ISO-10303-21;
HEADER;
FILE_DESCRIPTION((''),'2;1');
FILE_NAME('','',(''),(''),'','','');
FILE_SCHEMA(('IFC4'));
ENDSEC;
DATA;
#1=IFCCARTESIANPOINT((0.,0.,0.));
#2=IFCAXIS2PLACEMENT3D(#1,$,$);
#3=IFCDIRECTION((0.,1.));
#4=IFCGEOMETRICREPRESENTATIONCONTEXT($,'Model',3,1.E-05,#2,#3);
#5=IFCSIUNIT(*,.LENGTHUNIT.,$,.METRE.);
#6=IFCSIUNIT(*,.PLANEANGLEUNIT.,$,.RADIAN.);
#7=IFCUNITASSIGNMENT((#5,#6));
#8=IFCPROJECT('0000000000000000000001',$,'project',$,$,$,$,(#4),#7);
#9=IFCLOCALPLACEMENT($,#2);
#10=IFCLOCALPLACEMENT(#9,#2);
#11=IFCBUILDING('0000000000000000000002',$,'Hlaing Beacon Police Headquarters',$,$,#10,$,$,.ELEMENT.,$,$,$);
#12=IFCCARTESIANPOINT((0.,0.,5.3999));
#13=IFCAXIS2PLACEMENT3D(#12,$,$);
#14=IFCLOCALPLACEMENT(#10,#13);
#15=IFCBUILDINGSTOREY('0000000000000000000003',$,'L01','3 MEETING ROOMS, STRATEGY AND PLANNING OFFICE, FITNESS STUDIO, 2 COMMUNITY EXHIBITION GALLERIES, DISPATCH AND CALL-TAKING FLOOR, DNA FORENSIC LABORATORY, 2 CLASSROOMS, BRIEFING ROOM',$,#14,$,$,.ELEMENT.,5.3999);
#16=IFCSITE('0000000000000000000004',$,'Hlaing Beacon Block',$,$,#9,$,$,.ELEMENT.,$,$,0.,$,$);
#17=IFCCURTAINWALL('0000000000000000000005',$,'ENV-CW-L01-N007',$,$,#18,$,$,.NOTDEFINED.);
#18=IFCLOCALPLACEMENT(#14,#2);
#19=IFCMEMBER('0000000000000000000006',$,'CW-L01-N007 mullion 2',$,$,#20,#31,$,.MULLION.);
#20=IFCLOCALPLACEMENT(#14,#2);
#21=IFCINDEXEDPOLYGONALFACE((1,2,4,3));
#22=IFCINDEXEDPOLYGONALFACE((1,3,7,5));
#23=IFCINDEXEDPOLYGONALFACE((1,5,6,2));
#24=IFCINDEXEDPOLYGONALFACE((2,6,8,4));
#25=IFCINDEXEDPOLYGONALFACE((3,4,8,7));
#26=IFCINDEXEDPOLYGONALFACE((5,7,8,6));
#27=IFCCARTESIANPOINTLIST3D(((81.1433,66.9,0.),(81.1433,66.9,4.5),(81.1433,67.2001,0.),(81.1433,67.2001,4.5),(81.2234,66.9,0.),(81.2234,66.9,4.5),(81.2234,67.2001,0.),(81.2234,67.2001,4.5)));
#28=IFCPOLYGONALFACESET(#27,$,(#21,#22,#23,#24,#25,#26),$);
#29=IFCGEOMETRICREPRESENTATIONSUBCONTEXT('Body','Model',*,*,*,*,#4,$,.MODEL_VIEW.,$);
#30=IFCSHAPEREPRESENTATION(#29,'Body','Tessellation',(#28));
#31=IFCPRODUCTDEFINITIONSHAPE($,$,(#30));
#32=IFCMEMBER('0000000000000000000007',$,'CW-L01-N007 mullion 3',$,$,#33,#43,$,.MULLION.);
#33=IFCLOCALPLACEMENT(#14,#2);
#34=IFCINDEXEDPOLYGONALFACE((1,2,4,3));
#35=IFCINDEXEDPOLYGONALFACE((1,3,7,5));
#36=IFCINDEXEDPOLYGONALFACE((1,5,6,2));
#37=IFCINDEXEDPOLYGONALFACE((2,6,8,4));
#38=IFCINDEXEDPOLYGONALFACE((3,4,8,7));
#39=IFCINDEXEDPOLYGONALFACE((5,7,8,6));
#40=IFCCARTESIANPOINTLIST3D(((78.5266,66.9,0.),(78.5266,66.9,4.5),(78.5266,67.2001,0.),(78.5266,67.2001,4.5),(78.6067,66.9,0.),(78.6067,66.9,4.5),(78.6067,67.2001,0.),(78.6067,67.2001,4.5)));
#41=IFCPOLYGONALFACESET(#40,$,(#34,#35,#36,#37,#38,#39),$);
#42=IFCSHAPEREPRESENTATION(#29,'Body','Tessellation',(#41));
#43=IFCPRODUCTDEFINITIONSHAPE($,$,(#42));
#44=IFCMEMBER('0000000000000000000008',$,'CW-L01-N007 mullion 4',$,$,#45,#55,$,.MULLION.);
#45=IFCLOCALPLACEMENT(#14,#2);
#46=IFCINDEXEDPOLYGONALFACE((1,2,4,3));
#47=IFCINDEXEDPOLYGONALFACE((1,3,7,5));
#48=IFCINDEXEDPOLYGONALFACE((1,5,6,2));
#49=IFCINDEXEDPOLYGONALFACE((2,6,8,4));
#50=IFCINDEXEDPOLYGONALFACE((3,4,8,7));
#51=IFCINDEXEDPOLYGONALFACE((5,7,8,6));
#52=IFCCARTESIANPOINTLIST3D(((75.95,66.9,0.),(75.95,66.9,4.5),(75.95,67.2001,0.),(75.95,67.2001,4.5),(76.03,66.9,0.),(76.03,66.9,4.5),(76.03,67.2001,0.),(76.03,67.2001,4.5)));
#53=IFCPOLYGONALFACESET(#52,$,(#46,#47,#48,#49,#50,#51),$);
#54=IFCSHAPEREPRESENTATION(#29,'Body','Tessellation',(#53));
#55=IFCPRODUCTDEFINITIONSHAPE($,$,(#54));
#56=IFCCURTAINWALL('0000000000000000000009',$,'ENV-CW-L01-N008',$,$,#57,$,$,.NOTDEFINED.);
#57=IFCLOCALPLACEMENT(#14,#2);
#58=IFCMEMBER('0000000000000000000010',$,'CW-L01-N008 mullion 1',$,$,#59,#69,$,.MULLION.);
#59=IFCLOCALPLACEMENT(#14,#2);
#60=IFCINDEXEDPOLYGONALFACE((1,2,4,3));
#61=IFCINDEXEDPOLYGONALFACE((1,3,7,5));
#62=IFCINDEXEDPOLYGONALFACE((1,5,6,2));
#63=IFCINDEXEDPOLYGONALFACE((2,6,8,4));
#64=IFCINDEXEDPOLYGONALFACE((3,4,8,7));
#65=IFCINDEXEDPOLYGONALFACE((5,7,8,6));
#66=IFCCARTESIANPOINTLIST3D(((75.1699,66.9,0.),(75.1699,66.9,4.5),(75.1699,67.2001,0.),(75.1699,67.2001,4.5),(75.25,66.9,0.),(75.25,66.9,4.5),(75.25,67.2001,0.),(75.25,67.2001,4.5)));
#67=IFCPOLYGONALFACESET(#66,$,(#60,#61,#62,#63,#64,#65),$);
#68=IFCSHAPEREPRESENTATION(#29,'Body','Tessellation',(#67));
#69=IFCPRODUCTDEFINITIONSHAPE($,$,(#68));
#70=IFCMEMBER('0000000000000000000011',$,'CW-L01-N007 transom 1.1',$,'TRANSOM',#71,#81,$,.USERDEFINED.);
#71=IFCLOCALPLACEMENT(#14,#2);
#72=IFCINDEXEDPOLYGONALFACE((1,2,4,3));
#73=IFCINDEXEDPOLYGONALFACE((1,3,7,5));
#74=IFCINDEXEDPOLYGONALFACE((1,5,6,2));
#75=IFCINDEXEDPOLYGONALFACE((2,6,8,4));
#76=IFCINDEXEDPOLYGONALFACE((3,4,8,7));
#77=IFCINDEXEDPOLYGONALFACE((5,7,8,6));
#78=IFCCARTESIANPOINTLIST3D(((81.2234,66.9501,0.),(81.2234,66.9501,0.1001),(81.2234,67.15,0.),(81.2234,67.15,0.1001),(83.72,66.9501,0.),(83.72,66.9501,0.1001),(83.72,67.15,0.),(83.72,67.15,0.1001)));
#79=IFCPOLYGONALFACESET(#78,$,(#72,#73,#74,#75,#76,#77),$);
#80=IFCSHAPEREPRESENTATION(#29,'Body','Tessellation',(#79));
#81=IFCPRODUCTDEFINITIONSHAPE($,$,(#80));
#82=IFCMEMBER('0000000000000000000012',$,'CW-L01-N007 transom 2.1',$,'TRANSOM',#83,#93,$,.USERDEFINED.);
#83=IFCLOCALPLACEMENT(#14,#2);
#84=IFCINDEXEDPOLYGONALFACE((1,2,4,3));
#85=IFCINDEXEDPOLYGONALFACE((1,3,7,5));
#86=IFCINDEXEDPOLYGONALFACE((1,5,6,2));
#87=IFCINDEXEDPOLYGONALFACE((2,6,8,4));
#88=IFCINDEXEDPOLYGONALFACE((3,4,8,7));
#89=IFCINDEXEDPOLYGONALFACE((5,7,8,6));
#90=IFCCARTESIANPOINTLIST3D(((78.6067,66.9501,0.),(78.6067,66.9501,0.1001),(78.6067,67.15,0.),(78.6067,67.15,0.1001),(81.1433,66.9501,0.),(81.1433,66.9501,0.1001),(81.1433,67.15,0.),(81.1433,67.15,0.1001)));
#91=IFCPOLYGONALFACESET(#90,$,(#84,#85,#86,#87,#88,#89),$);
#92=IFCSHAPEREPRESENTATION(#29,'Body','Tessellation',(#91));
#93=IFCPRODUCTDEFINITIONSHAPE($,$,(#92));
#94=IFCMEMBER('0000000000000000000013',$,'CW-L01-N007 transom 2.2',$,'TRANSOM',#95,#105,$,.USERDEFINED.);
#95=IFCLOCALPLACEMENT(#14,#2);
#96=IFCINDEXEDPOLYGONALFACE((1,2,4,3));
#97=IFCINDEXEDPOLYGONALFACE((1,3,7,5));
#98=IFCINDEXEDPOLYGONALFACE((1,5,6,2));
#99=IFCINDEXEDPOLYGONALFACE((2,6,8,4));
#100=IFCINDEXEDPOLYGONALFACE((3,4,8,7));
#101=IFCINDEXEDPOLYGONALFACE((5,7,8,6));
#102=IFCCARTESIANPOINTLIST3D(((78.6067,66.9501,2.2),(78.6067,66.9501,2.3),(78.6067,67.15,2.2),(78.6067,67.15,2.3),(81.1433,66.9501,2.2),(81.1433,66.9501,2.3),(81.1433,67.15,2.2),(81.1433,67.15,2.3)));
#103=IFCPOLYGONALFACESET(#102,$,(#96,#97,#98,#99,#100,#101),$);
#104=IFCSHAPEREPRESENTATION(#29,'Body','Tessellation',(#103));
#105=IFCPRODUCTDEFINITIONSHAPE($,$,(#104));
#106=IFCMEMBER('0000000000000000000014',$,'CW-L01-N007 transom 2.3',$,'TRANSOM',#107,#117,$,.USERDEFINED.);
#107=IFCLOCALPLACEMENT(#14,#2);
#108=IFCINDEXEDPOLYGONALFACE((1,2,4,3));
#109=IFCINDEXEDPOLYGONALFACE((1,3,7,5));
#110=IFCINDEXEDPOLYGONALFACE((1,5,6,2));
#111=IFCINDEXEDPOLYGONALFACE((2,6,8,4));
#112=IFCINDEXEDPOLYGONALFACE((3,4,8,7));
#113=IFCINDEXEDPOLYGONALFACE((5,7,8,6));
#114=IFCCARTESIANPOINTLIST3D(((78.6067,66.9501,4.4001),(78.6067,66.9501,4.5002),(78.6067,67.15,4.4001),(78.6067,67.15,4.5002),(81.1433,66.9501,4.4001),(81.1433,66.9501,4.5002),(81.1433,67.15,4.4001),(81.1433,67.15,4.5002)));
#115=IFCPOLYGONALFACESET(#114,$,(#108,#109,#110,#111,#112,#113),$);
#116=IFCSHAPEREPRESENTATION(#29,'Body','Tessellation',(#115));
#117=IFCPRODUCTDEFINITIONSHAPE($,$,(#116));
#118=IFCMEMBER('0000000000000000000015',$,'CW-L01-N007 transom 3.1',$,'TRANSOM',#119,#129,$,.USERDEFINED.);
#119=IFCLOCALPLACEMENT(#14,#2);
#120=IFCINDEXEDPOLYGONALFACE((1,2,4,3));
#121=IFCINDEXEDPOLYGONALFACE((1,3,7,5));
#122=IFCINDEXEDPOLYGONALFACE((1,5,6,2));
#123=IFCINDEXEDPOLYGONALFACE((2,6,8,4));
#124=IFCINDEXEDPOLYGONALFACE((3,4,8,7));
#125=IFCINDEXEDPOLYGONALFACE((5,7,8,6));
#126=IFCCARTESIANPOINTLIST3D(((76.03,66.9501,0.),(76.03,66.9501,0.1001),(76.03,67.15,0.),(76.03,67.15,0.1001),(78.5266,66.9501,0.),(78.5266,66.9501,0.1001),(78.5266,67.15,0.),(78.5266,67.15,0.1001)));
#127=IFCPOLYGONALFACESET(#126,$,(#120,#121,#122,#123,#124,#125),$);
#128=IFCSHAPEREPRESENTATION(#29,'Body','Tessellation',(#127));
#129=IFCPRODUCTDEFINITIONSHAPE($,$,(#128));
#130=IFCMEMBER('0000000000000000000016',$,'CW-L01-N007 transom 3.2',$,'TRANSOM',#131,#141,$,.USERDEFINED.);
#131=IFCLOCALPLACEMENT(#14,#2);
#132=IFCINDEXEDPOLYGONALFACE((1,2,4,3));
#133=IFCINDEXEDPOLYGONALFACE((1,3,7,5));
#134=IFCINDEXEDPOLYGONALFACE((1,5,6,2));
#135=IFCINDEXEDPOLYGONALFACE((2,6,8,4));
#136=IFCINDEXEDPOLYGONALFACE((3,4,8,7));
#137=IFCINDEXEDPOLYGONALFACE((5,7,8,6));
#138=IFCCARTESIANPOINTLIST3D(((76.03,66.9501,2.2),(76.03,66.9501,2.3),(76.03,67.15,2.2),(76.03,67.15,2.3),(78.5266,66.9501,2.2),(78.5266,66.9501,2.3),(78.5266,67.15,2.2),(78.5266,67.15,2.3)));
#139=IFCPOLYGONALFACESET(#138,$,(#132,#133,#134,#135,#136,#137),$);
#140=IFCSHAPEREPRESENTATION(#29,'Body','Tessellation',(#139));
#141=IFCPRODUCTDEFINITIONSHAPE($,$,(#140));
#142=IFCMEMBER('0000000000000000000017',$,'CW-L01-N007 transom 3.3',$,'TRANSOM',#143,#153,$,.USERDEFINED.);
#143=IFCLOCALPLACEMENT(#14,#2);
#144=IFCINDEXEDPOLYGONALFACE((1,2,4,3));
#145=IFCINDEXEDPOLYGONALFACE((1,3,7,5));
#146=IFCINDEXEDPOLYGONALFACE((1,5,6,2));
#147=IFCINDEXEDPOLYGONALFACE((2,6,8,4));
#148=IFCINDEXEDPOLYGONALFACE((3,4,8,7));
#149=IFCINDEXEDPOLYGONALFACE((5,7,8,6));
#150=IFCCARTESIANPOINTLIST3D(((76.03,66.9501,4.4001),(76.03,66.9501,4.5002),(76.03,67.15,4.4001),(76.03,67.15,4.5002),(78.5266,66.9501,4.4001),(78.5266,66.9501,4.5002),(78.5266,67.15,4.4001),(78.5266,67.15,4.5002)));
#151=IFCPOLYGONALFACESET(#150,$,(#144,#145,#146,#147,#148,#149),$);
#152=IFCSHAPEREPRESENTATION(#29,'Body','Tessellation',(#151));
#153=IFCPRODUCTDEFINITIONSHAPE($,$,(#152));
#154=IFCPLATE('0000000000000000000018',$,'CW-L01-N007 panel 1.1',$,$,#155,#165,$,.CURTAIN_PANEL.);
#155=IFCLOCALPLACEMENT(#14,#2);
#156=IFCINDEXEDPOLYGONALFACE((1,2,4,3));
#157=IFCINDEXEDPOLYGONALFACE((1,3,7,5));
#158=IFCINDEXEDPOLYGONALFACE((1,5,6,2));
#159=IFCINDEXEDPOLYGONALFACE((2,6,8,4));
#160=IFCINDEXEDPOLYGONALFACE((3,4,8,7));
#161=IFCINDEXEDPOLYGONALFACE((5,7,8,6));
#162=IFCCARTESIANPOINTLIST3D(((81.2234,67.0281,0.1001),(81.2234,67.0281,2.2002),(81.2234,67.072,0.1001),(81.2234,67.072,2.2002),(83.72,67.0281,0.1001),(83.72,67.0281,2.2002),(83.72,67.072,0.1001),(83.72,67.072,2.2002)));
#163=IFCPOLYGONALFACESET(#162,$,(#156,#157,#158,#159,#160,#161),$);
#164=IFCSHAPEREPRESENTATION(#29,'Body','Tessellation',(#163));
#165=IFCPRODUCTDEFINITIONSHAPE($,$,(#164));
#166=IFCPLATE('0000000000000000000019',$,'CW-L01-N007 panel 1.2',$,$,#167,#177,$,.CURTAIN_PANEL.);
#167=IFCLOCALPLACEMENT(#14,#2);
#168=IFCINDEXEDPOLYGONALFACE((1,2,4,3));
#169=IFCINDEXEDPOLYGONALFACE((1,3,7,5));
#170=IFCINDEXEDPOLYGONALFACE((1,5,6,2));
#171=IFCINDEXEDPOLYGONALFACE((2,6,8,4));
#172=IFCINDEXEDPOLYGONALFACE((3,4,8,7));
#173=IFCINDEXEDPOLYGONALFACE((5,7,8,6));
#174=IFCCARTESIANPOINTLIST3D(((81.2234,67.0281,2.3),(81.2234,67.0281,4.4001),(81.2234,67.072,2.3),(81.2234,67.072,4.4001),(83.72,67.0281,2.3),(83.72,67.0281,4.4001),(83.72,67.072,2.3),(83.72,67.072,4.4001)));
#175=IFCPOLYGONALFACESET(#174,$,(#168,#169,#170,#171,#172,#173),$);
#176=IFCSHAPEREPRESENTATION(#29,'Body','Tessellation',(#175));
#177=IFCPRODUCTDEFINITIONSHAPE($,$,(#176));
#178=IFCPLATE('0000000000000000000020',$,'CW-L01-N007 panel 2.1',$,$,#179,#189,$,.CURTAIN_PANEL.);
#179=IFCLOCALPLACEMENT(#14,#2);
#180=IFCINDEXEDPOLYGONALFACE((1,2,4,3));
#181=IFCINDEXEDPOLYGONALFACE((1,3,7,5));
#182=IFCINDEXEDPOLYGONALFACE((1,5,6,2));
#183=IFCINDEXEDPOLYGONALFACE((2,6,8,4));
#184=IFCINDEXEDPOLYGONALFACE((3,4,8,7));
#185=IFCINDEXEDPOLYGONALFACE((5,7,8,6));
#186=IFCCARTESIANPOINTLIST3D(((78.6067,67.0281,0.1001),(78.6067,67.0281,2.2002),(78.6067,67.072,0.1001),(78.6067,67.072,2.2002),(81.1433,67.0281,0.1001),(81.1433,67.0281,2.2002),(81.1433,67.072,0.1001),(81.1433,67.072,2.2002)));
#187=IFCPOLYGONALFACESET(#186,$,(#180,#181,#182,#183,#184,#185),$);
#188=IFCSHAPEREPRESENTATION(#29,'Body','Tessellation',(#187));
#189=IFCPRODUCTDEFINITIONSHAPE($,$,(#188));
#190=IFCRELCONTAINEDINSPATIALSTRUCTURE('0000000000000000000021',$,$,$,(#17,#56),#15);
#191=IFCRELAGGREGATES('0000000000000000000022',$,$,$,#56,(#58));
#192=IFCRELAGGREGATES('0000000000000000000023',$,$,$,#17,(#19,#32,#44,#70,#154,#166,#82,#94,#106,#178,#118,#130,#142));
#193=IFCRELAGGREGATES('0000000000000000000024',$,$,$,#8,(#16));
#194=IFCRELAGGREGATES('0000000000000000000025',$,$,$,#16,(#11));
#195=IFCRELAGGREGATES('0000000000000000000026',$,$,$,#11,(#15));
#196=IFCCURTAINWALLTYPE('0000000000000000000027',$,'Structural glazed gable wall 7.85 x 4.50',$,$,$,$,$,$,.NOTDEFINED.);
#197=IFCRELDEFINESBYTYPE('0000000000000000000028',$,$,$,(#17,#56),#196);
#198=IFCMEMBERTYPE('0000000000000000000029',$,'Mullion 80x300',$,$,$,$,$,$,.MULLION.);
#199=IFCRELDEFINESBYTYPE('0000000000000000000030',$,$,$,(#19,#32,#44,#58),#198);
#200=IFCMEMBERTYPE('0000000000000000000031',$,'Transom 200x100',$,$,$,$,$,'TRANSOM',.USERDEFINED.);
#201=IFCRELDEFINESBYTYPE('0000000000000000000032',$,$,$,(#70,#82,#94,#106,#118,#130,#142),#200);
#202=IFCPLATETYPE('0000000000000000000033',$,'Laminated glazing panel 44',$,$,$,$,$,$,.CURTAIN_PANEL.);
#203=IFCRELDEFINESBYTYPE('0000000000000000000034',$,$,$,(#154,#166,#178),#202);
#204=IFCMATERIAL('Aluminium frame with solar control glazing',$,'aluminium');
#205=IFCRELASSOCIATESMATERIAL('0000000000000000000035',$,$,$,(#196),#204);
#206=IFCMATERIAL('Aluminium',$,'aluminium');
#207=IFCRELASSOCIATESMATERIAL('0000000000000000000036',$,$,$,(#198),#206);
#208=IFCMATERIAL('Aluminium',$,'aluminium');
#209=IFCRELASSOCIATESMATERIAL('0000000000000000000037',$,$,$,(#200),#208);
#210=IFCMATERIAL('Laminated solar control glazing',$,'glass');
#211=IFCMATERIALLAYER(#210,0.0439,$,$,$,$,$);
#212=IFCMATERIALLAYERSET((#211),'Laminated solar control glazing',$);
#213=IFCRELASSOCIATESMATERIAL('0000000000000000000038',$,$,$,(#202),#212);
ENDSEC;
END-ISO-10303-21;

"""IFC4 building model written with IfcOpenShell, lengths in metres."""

from ifc_helpers import new_model, si_unit, direction, frame, origin, origin_2d, place, context, subcontext, project, spatial, rectangle, extrude, material, layer, layer_set, material_profile, profile_set, type_object, element, aggregate, save


model = new_model("IFC4")

# Units and contexts
model_context = context("Model", 3, precision=1e-05, world=origin(), true_north=direction((0.0, 1.0)))
body_context = subcontext(model_context, "Body", "Model", "MODEL_VIEW")
ifc_project = project(units=[si_unit("LENGTHUNIT", "METRE"), si_unit("PLANEANGLEUNIT", "RADIAN")], contexts=[model_context])

# Site, building, storey
site_placement = place(None, origin())
site = spatial("IfcSite", under=ifc_project, at=site_placement, Name="Hlaing Beacon Block", CompositionType="ELEMENT", RefElevation=0.0)
building_placement = place(site_placement, origin())
building = spatial("IfcBuilding", under=site, at=building_placement, Name="Hlaing Beacon Police Headquarters", CompositionType="ELEMENT")
storey_placement = place(building_placement, frame((0.0, 0.0, 5.3999)))
storey = spatial("IfcBuildingStorey", under=building, at=storey_placement, Name="L01", Description="3 MEETING ROOMS, STRATEGY AND PLANNING OFFICE, FITNESS STUDIO, 2 COMMUNITY EXHIBITION GALLERIES, DISPATCH AND CALL-TAKING FLOOR, DNA FORENSIC LABORATORY, 2 CLASSROOMS, BRIEFING ROOM", CompositionType="ELEMENT", Elevation=5.3999)

# Curtain wall, members
ifc_material_1 = material(Name="Aluminium frame with solar control glazing", Category="aluminium")
curtain_wall_type = type_object("IfcCurtainWallType", Name="Structural glazed gable wall 7.85 x 4.50", PredefinedType="NOTDEFINED", material=ifc_material_1)
curtain_wall_1_placement = place(storey_placement, origin())
curtain_wall_1 = element("IfcCurtainWall", 1, at=curtain_wall_1_placement, inside=storey, type_object=curtain_wall_type, Name="ENV-CW-L01-N007", PredefinedType="NOTDEFINED")
ifc_material_2 = material(Name="Aluminium", Category="aluminium")
ifc_material_profile_1 = material_profile(ifc_material_2, rectangle(XDim=0.3, YDim=0.0801, at=origin_2d()), Name="Mullion 80x300")
ifc_profile_set_1 = profile_set([ifc_material_profile_1], Name="Aluminium")
member_type_1 = type_object("IfcMemberType", Name="Mullion 80x300", PredefinedType="MULLION", material=ifc_profile_set_1)
member_1_placement = place(storey_placement, frame((81.1833, 67.05, 0.0), z_axis=(0.0, 0.0, 1.0), x_axis=(0.0, -1.0, 0.0)))
member_1 = element("IfcMember", 2, at=member_1_placement, type_object=member_type_1, Name="CW-L01-N007 mullion 2", PredefinedType="MULLION", context=body_context, shape_type="SweptSolid", body=[
    extrude(rectangle(XDim=0.3, YDim=0.0801, at=origin_2d()), origin(), (0.0, 0.0, 1.0), 4.5),
])
member_2_placement = place(storey_placement, frame((78.5667, 67.05, 0.0), z_axis=(0.0, 0.0, 1.0), x_axis=(0.0, -1.0, 0.0)))
member_2 = element("IfcMember", 3, at=member_2_placement, type_object=member_type_1, Name="CW-L01-N007 mullion 3", PredefinedType="MULLION", context=body_context, shape_type="SweptSolid", body=[
    extrude(rectangle(XDim=0.3, YDim=0.0801, at=origin_2d()), origin(), (0.0, 0.0, 1.0), 4.5),
])
member_3_placement = place(storey_placement, frame((75.99, 67.05, 0.0), z_axis=(0.0, 0.0, 1.0), x_axis=(0.0, -1.0, 0.0)))
member_3 = element("IfcMember", 4, at=member_3_placement, type_object=member_type_1, Name="CW-L01-N007 mullion 4", PredefinedType="MULLION", context=body_context, shape_type="SweptSolid", body=[
    extrude(rectangle(XDim=0.3, YDim=0.0801, at=origin_2d()), origin(), (0.0, 0.0, 1.0), 4.5),
])

# Curtain wall, member
curtain_wall_2_placement = place(storey_placement, origin())
curtain_wall_2 = element("IfcCurtainWall", 5, at=curtain_wall_2_placement, inside=storey, type_object=curtain_wall_type, Name="ENV-CW-L01-N008", PredefinedType="NOTDEFINED")
member_4_placement = place(storey_placement, frame((75.21, 67.05, 0.0), z_axis=(0.0, 0.0, 1.0), x_axis=(0.0, -1.0, 0.0)))
member_4 = element("IfcMember", 6, at=member_4_placement, type_object=member_type_1, Name="CW-L01-N008 mullion 1", PredefinedType="MULLION", context=body_context, shape_type="SweptSolid", body=[
    extrude(rectangle(XDim=0.3, YDim=0.0801, at=origin_2d()), origin(), (0.0, 0.0, 1.0), 4.5),
])
aggregate(curtain_wall_2, [member_4])

# Members
ifc_material_3 = material(Name="Aluminium", Category="aluminium")
ifc_material_profile_2 = material_profile(ifc_material_3, rectangle(XDim=0.2, YDim=0.1001, at=origin_2d()), Name="Transom 200x100")
ifc_profile_set_2 = profile_set([ifc_material_profile_2], Name="Aluminium")
member_type_2 = type_object("IfcMemberType", Name="Transom 200x100", ElementType="TRANSOM", PredefinedType="USERDEFINED", material=ifc_profile_set_2)
member_5_placement = place(storey_placement, frame((83.72, 67.05, 0.05), z_axis=(-1.0, 0.0, 0.0), x_axis=(0.0, -1.0, 0.0)))
member_5 = element("IfcMember", 7, at=member_5_placement, type_object=member_type_2, Name="CW-L01-N007 transom 1.1", ObjectType="TRANSOM", PredefinedType="USERDEFINED", context=body_context, shape_type="SweptSolid", body=[
    extrude(rectangle(XDim=0.2, YDim=0.1001, at=origin_2d()), origin(), (0.0, 0.0, 1.0), 2.4966),
])
member_6_placement = place(storey_placement, frame((81.1433, 67.05, 0.05), z_axis=(-1.0, 0.0, 0.0), x_axis=(0.0, -1.0, 0.0)))
member_6 = element("IfcMember", 8, at=member_6_placement, type_object=member_type_2, Name="CW-L01-N007 transom 2.1", ObjectType="TRANSOM", PredefinedType="USERDEFINED", context=body_context, shape_type="SweptSolid", body=[
    extrude(rectangle(XDim=0.2, YDim=0.1001, at=origin_2d()), origin(), (0.0, 0.0, 1.0), 2.5366),
])
member_7_placement = place(storey_placement, frame((81.1433, 67.05, 2.25), z_axis=(-1.0, 0.0, 0.0), x_axis=(0.0, -1.0, 0.0)))
member_7 = element("IfcMember", 9, at=member_7_placement, type_object=member_type_2, Name="CW-L01-N007 transom 2.2", ObjectType="TRANSOM", PredefinedType="USERDEFINED", context=body_context, shape_type="SweptSolid", body=[
    extrude(rectangle(XDim=0.2, YDim=0.1001, at=origin_2d()), origin(), (0.0, 0.0, 1.0), 2.5366),
])
member_8_placement = place(storey_placement, frame((81.1433, 67.05, 4.4502), z_axis=(-1.0, 0.0, 0.0), x_axis=(0.0, -1.0, 0.0)))
member_8 = element("IfcMember", 10, at=member_8_placement, type_object=member_type_2, Name="CW-L01-N007 transom 2.3", ObjectType="TRANSOM", PredefinedType="USERDEFINED", context=body_context, shape_type="SweptSolid", body=[
    extrude(rectangle(XDim=0.2, YDim=0.1001, at=origin_2d()), origin(), (0.0, 0.0, 1.0), 2.5366),
])
member_9_placement = place(storey_placement, frame((78.5266, 67.05, 0.05), z_axis=(-1.0, 0.0, 0.0), x_axis=(0.0, -1.0, 0.0)))
member_9 = element("IfcMember", 11, at=member_9_placement, type_object=member_type_2, Name="CW-L01-N007 transom 3.1", ObjectType="TRANSOM", PredefinedType="USERDEFINED", context=body_context, shape_type="SweptSolid", body=[
    extrude(rectangle(XDim=0.2, YDim=0.1001, at=origin_2d()), origin(), (0.0, 0.0, 1.0), 2.4966),
])
member_10_placement = place(storey_placement, frame((78.5266, 67.05, 2.25), z_axis=(-1.0, 0.0, 0.0), x_axis=(0.0, -1.0, 0.0)))
member_10 = element("IfcMember", 12, at=member_10_placement, type_object=member_type_2, Name="CW-L01-N007 transom 3.2", ObjectType="TRANSOM", PredefinedType="USERDEFINED", context=body_context, shape_type="SweptSolid", body=[
    extrude(rectangle(XDim=0.2, YDim=0.1001, at=origin_2d()), origin(), (0.0, 0.0, 1.0), 2.4966),
])
member_11_placement = place(storey_placement, frame((78.5266, 67.05, 4.4502), z_axis=(-1.0, 0.0, 0.0), x_axis=(0.0, -1.0, 0.0)))
member_11 = element("IfcMember", 13, at=member_11_placement, type_object=member_type_2, Name="CW-L01-N007 transom 3.3", ObjectType="TRANSOM", PredefinedType="USERDEFINED", context=body_context, shape_type="SweptSolid", body=[
    extrude(rectangle(XDim=0.2, YDim=0.1001, at=origin_2d()), origin(), (0.0, 0.0, 1.0), 2.4966),
])

# Plates
ifc_material_4 = material(Name="Laminated solar control glazing", Category="glass")
ifc_layer = layer(ifc_material_4, 0.0439)
ifc_layer_set = layer_set([ifc_layer], Name="Laminated solar control glazing")
plate_type = type_object("IfcPlateType", Name="Laminated glazing panel 44", PredefinedType="CURTAIN_PANEL", material=ifc_layer_set)
plate_1_placement = place(storey_placement, frame((82.4717, 67.05, 0.1001), z_axis=(0.0, 0.0, 1.0), x_axis=(-1.0, 0.0, 0.0)))
plate_1 = element("IfcPlate", 14, at=plate_1_placement, type_object=plate_type, Name="CW-L01-N007 panel 1.1", PredefinedType="CURTAIN_PANEL", context=body_context, shape_type="SweptSolid", body=[
    extrude(rectangle(XDim=2.4966, YDim=0.0439, at=origin_2d()), origin(), (0.0, 0.0, 1.0), 2.1001),
])
plate_2_placement = place(storey_placement, frame((82.4717, 67.05, 2.3), z_axis=(0.0, 0.0, 1.0), x_axis=(-1.0, 0.0, 0.0)))
plate_2 = element("IfcPlate", 15, at=plate_2_placement, type_object=plate_type, Name="CW-L01-N007 panel 1.2", PredefinedType="CURTAIN_PANEL", context=body_context, shape_type="SweptSolid", body=[
    extrude(rectangle(XDim=2.4966, YDim=0.0439, at=origin_2d()), origin(), (0.0, 0.0, 1.0), 2.1001),
])
plate_3_placement = place(storey_placement, frame((79.875, 67.05, 0.1001), z_axis=(0.0, 0.0, 1.0), x_axis=(-1.0, 0.0, 0.0)))
plate_3 = element("IfcPlate", 16, at=plate_3_placement, type_object=plate_type, Name="CW-L01-N007 panel 2.1", PredefinedType="CURTAIN_PANEL", context=body_context, shape_type="SweptSolid", body=[
    extrude(rectangle(XDim=2.5366, YDim=0.0439, at=origin_2d()), origin(), (0.0, 0.0, 1.0), 2.1001),
])
aggregate(curtain_wall_1, [member_1, member_2, member_3, member_5, plate_1, plate_2, member_6, member_7, member_8, plate_3, member_9, member_10, member_11])

save(model, "model.ifc")
